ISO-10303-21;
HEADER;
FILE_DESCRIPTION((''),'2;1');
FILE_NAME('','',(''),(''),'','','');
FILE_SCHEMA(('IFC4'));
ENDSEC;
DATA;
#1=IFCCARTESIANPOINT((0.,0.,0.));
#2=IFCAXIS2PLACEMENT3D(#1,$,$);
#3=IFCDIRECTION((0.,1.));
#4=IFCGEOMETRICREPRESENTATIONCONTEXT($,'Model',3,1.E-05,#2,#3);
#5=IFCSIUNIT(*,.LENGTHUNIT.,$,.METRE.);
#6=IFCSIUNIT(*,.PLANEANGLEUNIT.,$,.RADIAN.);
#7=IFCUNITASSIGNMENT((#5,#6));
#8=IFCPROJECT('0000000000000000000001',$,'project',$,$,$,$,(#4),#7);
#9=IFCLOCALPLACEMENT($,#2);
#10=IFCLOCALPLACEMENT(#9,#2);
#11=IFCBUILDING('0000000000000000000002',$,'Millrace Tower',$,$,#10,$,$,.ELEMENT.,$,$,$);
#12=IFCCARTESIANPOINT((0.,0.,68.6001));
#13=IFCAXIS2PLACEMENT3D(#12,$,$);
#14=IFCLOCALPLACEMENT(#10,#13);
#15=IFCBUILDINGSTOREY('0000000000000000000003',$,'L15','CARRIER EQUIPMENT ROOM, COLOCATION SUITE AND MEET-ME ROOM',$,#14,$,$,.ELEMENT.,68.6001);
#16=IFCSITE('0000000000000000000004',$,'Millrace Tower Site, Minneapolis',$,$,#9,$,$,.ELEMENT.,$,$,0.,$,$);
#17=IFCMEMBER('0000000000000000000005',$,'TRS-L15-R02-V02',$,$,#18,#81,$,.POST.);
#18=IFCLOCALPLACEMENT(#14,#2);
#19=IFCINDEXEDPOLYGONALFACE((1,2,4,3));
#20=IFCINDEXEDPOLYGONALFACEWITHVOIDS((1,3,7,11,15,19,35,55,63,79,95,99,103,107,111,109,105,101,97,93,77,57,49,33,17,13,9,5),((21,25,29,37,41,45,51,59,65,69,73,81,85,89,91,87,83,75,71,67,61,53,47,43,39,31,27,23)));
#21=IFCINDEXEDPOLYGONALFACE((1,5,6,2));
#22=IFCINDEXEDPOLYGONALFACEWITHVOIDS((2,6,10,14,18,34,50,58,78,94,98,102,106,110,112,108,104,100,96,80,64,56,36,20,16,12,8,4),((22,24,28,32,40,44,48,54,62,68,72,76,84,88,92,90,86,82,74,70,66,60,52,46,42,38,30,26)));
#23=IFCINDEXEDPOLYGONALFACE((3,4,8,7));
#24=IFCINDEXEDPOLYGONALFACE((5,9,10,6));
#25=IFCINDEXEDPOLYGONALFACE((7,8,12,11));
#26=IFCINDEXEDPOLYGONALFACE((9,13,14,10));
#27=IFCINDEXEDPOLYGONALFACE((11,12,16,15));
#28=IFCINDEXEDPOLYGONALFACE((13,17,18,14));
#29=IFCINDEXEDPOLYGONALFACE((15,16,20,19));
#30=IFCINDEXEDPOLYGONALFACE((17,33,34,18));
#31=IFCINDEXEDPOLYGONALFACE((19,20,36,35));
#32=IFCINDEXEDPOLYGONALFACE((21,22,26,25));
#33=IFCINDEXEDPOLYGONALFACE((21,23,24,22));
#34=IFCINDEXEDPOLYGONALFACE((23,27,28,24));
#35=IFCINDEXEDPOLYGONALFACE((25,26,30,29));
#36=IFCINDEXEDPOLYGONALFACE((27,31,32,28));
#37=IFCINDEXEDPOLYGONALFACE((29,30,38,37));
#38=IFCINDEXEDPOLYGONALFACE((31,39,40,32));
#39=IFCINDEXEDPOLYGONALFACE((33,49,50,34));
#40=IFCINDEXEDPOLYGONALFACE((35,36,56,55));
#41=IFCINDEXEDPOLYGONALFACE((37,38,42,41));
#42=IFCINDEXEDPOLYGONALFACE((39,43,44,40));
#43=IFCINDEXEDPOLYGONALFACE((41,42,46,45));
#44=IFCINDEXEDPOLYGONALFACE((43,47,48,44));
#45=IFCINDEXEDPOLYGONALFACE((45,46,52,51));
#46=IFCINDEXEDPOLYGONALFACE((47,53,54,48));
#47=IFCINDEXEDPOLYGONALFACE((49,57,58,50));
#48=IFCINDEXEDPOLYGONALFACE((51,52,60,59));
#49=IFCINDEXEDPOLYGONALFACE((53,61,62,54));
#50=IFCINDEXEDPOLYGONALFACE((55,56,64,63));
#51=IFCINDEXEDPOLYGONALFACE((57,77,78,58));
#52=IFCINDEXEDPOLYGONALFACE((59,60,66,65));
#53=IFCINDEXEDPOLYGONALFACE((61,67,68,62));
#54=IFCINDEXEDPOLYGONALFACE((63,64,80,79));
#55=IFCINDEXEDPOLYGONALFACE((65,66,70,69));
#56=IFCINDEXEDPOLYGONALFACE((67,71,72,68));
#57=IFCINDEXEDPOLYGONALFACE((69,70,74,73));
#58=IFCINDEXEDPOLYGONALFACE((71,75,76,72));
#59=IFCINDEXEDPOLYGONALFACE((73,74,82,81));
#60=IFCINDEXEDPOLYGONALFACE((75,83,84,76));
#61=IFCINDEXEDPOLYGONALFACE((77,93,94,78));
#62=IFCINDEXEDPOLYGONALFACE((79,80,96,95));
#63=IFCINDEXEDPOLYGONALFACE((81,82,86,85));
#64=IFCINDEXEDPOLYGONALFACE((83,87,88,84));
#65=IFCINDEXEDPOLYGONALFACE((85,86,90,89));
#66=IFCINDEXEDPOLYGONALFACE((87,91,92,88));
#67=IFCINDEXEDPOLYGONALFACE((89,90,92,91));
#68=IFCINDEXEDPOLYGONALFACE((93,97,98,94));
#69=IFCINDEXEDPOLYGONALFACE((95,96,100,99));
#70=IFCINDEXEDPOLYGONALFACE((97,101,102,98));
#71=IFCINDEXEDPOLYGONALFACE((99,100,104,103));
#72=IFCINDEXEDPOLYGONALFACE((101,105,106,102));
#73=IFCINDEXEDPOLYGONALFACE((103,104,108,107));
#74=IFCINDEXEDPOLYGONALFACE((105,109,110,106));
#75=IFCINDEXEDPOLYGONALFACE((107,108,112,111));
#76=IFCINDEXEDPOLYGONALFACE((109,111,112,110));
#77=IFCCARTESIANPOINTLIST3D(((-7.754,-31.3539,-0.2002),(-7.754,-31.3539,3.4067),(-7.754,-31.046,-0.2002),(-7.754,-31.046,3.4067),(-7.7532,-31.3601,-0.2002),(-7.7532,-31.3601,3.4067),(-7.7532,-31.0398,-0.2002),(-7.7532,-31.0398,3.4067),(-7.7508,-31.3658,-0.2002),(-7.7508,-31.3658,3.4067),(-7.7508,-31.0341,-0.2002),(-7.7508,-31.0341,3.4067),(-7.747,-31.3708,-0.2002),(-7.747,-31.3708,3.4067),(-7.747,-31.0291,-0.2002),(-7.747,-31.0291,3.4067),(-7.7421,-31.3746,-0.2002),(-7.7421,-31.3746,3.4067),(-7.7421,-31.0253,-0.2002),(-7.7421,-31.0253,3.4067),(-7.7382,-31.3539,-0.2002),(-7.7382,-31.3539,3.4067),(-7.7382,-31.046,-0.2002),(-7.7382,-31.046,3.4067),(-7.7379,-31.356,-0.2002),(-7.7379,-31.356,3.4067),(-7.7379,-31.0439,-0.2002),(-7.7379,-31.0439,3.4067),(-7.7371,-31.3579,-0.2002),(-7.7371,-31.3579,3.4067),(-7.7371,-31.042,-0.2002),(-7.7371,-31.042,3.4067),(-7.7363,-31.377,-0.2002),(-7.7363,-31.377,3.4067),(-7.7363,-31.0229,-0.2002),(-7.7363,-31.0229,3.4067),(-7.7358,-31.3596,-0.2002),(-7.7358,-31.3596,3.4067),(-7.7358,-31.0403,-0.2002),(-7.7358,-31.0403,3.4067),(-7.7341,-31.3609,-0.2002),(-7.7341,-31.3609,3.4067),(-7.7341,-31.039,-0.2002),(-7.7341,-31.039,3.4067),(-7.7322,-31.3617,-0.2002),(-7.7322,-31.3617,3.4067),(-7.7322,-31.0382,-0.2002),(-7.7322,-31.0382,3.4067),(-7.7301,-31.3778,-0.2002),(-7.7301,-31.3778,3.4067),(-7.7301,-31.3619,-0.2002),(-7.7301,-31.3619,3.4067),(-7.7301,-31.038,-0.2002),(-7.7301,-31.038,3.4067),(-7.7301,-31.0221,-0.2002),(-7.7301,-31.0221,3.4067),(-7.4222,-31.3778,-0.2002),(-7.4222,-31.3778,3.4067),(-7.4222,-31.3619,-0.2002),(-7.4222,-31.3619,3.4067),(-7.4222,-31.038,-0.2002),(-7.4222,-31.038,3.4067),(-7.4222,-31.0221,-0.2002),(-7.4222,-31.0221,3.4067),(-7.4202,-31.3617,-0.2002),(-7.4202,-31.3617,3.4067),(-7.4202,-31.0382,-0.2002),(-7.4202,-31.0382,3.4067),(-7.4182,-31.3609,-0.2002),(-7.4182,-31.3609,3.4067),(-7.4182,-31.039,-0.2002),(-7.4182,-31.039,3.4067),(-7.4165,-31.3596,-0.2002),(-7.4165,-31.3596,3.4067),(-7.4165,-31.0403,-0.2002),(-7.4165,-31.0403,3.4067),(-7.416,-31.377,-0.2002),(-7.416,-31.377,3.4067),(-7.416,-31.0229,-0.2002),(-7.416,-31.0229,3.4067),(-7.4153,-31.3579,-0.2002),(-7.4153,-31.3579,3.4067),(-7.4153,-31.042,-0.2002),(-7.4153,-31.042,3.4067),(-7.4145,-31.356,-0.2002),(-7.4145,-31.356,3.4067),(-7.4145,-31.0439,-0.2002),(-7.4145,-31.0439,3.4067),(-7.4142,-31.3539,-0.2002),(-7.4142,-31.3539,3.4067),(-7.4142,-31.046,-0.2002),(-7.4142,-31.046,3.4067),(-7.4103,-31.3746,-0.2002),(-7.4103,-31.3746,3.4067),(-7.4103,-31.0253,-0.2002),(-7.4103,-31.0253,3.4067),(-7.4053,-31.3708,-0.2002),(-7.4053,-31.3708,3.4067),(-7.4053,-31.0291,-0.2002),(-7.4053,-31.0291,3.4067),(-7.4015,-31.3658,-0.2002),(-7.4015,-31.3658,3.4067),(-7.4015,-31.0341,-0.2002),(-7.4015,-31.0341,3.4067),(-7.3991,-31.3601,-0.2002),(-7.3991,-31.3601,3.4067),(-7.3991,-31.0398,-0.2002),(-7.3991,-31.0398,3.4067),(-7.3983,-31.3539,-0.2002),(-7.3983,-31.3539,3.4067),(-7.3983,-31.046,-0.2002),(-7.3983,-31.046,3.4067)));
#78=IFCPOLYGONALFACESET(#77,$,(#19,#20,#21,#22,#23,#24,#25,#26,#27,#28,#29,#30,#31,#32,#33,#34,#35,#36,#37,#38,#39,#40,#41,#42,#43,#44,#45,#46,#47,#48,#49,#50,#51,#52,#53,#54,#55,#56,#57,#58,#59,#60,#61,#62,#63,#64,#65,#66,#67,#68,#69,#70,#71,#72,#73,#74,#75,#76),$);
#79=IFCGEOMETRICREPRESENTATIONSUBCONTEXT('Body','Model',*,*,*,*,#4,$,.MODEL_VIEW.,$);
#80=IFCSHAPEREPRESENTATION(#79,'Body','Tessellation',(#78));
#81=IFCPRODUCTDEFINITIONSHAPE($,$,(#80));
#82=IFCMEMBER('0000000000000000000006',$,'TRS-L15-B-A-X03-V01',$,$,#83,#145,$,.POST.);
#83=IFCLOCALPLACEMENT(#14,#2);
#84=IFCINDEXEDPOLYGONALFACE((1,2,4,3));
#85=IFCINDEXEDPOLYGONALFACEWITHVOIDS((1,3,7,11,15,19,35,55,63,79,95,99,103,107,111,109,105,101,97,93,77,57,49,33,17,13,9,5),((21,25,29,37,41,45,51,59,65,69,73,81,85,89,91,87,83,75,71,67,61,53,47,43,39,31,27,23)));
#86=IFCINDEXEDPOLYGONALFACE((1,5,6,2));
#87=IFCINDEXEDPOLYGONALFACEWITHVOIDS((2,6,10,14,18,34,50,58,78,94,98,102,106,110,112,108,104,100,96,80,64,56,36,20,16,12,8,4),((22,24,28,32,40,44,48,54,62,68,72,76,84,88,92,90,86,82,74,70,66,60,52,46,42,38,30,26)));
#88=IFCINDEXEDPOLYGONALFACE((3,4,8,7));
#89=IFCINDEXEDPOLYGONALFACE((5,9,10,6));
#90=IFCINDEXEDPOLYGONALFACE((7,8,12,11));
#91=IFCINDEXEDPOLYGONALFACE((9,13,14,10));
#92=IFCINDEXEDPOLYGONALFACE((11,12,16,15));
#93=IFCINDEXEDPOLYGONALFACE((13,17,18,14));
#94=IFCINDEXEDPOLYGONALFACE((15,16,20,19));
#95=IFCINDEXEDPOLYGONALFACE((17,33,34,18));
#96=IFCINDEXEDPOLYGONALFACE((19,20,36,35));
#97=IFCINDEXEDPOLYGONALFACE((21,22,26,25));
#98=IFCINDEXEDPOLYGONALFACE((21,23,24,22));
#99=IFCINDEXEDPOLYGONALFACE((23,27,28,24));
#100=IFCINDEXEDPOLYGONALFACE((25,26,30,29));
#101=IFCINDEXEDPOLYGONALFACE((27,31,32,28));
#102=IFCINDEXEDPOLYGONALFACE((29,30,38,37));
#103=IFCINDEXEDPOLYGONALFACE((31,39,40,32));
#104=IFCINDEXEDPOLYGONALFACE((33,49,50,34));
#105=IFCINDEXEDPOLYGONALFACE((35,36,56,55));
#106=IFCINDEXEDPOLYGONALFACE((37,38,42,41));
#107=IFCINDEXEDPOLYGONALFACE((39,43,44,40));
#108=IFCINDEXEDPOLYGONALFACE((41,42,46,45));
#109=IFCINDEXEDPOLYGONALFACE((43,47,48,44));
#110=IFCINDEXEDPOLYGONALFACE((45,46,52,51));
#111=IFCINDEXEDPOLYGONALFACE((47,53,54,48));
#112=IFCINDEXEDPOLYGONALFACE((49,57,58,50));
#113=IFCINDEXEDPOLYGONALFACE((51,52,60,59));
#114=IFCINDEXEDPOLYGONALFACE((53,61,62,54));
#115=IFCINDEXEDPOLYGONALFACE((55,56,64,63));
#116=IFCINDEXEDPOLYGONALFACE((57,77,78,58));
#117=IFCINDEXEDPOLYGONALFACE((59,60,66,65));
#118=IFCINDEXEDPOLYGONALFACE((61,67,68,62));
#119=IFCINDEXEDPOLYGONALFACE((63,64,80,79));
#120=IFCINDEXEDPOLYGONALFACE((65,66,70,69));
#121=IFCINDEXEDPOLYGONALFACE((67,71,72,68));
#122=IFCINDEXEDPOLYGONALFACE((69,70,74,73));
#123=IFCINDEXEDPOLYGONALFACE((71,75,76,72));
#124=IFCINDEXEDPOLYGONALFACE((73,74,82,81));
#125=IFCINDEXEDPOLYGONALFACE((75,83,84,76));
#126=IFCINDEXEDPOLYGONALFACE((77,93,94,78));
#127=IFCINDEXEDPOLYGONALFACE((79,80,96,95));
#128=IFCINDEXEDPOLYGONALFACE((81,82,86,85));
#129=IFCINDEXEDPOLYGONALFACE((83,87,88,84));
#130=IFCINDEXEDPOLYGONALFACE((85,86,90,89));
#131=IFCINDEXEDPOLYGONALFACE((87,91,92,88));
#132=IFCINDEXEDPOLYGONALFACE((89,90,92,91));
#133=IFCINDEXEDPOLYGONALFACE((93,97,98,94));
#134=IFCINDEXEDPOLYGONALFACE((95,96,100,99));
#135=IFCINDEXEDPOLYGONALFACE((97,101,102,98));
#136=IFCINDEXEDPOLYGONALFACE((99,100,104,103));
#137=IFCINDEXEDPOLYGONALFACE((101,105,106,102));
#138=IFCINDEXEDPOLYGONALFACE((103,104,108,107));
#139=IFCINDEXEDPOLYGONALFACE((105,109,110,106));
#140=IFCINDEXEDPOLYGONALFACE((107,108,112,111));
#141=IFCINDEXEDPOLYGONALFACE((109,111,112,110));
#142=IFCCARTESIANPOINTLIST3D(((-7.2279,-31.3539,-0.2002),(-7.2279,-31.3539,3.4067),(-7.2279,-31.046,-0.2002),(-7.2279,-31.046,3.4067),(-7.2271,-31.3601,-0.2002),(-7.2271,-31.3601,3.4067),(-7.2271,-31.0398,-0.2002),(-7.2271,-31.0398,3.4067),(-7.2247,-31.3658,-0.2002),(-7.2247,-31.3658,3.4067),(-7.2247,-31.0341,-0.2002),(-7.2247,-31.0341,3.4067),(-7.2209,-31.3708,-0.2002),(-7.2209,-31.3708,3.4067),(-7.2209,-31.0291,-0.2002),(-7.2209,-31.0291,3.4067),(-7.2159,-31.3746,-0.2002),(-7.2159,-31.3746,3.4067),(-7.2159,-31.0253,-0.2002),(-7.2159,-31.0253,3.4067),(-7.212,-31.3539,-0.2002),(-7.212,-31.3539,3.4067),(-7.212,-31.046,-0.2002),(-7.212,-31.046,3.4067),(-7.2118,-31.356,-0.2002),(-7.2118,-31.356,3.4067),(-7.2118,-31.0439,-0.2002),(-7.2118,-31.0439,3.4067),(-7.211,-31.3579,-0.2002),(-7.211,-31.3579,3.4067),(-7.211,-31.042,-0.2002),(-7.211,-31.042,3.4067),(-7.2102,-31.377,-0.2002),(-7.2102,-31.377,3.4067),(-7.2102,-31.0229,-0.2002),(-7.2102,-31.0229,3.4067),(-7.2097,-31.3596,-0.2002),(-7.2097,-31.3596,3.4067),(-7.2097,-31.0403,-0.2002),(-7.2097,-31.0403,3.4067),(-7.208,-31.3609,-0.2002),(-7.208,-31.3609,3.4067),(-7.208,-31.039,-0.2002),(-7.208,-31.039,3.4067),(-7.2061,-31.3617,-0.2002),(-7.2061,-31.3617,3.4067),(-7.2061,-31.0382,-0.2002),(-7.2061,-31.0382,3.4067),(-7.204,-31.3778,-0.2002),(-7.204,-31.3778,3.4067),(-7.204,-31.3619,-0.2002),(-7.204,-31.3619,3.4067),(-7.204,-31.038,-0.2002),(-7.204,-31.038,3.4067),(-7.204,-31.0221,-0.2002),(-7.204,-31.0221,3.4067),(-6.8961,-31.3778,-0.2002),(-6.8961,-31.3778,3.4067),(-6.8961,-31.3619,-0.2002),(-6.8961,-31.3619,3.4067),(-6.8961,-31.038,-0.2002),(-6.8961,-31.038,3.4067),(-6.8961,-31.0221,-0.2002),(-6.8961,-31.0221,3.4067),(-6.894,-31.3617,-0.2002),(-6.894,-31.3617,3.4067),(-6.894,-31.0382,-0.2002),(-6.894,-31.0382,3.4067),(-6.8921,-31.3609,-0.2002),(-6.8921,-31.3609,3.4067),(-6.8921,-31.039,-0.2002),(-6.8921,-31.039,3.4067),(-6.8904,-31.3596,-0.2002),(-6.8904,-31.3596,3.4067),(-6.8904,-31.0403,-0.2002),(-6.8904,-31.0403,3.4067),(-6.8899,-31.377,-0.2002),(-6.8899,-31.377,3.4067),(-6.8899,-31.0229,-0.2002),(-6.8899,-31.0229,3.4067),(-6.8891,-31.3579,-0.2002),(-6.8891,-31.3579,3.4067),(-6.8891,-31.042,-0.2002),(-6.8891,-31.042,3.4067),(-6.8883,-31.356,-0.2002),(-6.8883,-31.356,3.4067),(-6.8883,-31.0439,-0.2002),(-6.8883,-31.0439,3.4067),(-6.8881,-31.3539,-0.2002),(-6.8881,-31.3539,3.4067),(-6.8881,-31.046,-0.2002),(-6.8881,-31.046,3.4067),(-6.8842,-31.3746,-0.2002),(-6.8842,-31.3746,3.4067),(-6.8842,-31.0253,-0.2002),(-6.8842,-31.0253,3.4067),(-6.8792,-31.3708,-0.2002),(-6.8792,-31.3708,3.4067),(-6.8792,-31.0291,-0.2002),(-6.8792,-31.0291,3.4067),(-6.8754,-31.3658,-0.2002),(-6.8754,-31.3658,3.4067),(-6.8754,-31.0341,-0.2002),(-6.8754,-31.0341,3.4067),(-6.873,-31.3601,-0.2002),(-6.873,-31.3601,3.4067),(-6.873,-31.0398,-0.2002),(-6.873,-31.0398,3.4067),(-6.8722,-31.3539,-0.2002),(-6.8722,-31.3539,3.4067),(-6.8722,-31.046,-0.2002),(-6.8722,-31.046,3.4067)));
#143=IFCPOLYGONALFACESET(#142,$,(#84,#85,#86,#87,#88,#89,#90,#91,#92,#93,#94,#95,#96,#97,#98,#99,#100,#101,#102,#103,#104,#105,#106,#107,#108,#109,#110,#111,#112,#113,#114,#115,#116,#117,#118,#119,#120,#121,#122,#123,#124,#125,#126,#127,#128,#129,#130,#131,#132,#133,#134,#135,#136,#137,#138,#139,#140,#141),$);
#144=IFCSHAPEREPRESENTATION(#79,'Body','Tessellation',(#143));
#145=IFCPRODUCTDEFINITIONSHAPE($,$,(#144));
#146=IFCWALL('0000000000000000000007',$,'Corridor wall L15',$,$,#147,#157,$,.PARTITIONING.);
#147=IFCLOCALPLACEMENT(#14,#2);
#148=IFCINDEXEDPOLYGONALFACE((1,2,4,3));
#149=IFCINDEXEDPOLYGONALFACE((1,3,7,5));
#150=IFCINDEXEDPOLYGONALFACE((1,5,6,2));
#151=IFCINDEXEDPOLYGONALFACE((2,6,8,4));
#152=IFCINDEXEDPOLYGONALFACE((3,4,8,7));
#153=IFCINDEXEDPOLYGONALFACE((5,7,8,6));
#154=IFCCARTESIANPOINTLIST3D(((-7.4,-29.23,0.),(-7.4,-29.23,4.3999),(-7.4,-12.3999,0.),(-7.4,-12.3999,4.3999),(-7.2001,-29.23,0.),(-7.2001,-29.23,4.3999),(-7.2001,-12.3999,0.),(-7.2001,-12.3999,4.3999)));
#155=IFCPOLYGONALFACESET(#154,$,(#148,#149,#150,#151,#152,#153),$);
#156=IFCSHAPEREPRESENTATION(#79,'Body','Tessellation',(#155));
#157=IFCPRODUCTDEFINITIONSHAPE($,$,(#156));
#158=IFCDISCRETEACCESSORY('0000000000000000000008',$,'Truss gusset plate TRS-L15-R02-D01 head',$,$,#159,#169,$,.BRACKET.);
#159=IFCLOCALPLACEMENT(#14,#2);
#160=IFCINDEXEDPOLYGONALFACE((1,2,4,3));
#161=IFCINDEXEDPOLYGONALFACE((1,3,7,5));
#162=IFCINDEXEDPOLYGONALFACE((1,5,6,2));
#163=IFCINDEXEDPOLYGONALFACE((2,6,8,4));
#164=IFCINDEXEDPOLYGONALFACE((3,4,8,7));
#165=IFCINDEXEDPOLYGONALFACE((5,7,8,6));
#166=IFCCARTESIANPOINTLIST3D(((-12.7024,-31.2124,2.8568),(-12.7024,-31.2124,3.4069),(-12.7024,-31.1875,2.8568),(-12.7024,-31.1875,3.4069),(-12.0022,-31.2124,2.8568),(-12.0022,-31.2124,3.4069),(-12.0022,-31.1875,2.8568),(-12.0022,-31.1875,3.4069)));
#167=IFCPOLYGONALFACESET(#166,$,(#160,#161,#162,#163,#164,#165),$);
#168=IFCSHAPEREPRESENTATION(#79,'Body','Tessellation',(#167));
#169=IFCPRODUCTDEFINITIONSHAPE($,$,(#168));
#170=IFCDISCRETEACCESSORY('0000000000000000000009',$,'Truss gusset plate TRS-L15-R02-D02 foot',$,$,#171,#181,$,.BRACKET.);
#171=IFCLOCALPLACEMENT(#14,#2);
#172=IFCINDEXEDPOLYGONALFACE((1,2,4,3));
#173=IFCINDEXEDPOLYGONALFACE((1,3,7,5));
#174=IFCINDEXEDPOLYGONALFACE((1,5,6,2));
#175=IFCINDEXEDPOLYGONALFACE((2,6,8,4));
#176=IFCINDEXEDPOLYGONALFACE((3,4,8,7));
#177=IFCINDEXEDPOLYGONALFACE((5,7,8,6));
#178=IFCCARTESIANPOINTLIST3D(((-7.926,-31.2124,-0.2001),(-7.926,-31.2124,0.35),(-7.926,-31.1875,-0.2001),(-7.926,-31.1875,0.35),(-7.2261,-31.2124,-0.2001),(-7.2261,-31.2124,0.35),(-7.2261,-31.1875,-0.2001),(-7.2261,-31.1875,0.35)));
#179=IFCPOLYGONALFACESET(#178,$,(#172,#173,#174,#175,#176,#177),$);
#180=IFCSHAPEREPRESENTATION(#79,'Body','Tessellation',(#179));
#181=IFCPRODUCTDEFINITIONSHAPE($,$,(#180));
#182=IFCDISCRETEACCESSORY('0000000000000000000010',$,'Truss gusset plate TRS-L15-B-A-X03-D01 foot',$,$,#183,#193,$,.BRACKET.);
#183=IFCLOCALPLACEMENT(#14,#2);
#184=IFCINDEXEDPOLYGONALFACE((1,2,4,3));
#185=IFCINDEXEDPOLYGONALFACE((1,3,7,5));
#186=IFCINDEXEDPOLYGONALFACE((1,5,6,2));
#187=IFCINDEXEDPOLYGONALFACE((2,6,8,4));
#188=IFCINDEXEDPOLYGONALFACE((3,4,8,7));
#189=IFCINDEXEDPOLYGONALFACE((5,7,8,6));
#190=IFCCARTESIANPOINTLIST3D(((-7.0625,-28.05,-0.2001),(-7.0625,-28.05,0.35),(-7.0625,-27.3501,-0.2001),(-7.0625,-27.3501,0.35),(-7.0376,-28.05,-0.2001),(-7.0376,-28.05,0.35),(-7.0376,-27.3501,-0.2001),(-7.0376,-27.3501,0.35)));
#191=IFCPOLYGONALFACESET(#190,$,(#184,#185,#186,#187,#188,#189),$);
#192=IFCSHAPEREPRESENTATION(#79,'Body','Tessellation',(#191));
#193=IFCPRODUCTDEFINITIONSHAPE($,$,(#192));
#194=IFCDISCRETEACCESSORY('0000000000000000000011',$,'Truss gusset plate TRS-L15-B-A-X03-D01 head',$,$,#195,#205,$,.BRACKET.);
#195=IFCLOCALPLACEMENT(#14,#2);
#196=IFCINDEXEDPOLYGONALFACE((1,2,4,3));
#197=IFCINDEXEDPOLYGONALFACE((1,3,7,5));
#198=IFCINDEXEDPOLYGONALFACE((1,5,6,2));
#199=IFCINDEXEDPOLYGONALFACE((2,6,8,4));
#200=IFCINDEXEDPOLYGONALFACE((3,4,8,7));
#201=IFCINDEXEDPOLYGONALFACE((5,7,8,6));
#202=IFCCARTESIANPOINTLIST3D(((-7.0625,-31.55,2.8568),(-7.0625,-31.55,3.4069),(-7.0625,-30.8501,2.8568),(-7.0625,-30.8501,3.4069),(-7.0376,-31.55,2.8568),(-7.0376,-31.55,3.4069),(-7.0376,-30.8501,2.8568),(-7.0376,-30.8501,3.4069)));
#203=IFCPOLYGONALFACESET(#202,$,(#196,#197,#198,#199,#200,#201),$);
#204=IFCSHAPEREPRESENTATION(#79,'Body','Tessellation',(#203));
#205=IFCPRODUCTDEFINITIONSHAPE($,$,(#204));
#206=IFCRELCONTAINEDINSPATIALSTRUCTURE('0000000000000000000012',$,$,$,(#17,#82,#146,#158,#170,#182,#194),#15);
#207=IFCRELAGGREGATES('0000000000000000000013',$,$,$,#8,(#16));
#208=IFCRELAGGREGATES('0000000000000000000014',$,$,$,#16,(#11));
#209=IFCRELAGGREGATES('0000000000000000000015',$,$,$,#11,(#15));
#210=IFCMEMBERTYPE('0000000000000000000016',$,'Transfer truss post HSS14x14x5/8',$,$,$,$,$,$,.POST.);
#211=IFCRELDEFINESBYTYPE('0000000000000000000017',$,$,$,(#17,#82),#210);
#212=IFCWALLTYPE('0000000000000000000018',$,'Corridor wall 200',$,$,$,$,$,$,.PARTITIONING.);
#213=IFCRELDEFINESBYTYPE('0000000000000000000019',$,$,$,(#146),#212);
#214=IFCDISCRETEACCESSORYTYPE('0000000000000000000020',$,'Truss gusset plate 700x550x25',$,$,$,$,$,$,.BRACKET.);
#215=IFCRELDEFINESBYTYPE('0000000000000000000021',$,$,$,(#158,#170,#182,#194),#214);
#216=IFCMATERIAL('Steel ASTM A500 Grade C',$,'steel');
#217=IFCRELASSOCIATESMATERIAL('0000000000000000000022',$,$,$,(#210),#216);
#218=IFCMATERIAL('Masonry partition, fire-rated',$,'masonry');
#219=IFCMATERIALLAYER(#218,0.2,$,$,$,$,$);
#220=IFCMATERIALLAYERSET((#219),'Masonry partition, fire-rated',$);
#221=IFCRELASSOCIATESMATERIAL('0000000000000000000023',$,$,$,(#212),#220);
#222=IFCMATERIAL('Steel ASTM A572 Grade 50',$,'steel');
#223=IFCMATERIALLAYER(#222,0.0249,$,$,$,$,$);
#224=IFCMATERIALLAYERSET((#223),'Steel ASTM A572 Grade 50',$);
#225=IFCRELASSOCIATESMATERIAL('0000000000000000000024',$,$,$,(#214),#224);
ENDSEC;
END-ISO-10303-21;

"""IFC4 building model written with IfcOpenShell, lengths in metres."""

from ifc_helpers import new_model, si_unit, direction, frame, frame_2d, origin, origin_2d, place, context, subcontext, project, spatial, rectangle, hollow_rectangle, extrude, material, layer, layer_set, material_profile, profile_set, type_object, element, save


model = new_model("IFC4")

# Units and contexts
model_context = context("Model", 3, precision=1e-05, world=origin(), true_north=direction((0.0, 1.0)))
body_context = subcontext(model_context, "Body", "Model", "MODEL_VIEW")
ifc_project = project(units=[si_unit("LENGTHUNIT", "METRE"), si_unit("PLANEANGLEUNIT", "RADIAN")], contexts=[model_context])

# Site, building, storey
site_placement = place(None, origin())
site = spatial("IfcSite", under=ifc_project, at=site_placement, Name="Millrace Tower Site, Minneapolis", CompositionType="ELEMENT", RefElevation=0.0)
building_placement = place(site_placement, origin())
building = spatial("IfcBuilding", under=site, at=building_placement, Name="Millrace Tower", CompositionType="ELEMENT")
storey_placement = place(building_placement, frame((0.0, 0.0, 68.6001)))
storey = spatial("IfcBuildingStorey", under=building, at=storey_placement, Name="L15", Description="CARRIER EQUIPMENT ROOM, COLOCATION SUITE AND MEET-ME ROOM", CompositionType="ELEMENT", Elevation=68.6001)

# Members
ifc_material_1 = material(Name="Steel ASTM A500 Grade C", Category="steel")
ifc_material_profile_1 = material_profile(ifc_material_1, hollow_rectangle(XDim=0.3557, YDim=0.3557, WallThickness=0.0159, InnerFilletRadius=0.0081, OuterFilletRadius=0.0239, at=origin_2d()))
ifc_profile_set_1 = profile_set([ifc_material_profile_1], Name="Steel ASTM A500 Grade C")
member_type_1 = type_object("IfcMemberType", Name="Transfer truss post HSS14x14x5/8", PredefinedType="POST", material=ifc_profile_set_1)
for number, where, z_axis, x_axis, name in (
    (1, (-7.5762, -31.2, -0.2002), (0.0, 0.0, 1.0), (1.0, 0.0, 0.0), "TRS-L15-R02-V02"),
    (2, (-7.05, -31.2, -0.2002), (0.0, 0.0, 1.0), (1.0, 0.0, 0.0), "TRS-L15-B-A-X03-V01"),
):
    element("IfcMember", number, at=place(storey_placement, frame(where, z_axis=z_axis, x_axis=x_axis)), inside=storey, type_object=member_type_1, Name=name, PredefinedType="POST", context=body_context, shape_type="SweptSolid", body=[
        extrude(hollow_rectangle(XDim=0.3557, YDim=0.3557, WallThickness=0.0159, InnerFilletRadius=0.0081, OuterFilletRadius=0.0239, at=origin_2d()), origin(), (0.0, 0.0, 1.0), 3.6069),
    ])

# Wall
ifc_material_2 = material(Name="Masonry partition, fire-rated", Category="masonry")
ifc_layer_1 = layer(ifc_material_2, 0.2)
ifc_layer_set_1 = layer_set([ifc_layer_1], Name="Masonry partition, fire-rated")
wall_type = type_object("IfcWallType", Name="Corridor wall 200", PredefinedType="PARTITIONING", material=ifc_layer_set_1)
wall_placement = place(storey_placement, frame((-7.3, -29.23, 0.0), z_axis=(0.0, 0.0, 1.0), x_axis=(0.0, 1.0, 0.0)))
element("IfcWall", 3, at=wall_placement, inside=storey, type_object=wall_type, Name="Corridor wall L15", PredefinedType="PARTITIONING", context=body_context, shape_type="SweptSolid", body=[
    extrude(rectangle(XDim=16.8301, YDim=0.2, at=frame_2d((8.415, 0.0))), origin(), (0.0, 0.0, 1.0), 4.3999),
])

# Discrete accessories
ifc_material_3 = material(Name="Steel ASTM A572 Grade 50", Category="steel")
ifc_layer_2 = layer(ifc_material_3, 0.0249)
ifc_layer_set_2 = layer_set([ifc_layer_2], Name="Steel ASTM A572 Grade 50")
discrete_accessory_type = type_object("IfcDiscreteAccessoryType", Name="Truss gusset plate 700x550x25", PredefinedType="BRACKET", material=ifc_layer_set_2)
discrete_accessory_placement = place(storey_placement, frame((-12.7024, -31.2, 3.1318), z_axis=(1.0, 0.0, 0.0), x_axis=(0.0, 1.0, 0.0)))
element("IfcDiscreteAccessory", 4, at=discrete_accessory_placement, inside=storey, type_object=discrete_accessory_type, Name="Truss gusset plate TRS-L15-R02-D01 head", PredefinedType="BRACKET", context=body_context, shape_type="SweptSolid", body=[
    extrude(rectangle(XDim=0.0249, YDim=0.55, at=origin_2d()), origin(), (0.0, 0.0, 1.0), 0.7002),
])
for number, where, z_axis, x_axis, name in (
    (5, (-7.926, -31.2, 0.075), (1.0, 0.0, 0.0), (0.0, 1.0, 0.0), "Truss gusset plate TRS-L15-R02-D02 foot"),
    (6, (-7.05, -28.05, 0.075), (0.0, 1.0, 0.0), (-1.0, 0.0, 0.0), "Truss gusset plate TRS-L15-B-A-X03-D01 foot"),
    (7, (-7.05, -31.55, 3.1318), (0.0, 1.0, 0.0), (-1.0, 0.0, 0.0), "Truss gusset plate TRS-L15-B-A-X03-D01 head"),
):
    element("IfcDiscreteAccessory", number, at=place(storey_placement, frame(where, z_axis=z_axis, x_axis=x_axis)), inside=storey, type_object=discrete_accessory_type, Name=name, PredefinedType="BRACKET", context=body_context, shape_type="SweptSolid", body=[
        extrude(rectangle(XDim=0.0249, YDim=0.55, at=origin_2d()), origin(), (0.0, 0.0, 1.0), 0.7),
    ])

save(model, "model.ifc")
